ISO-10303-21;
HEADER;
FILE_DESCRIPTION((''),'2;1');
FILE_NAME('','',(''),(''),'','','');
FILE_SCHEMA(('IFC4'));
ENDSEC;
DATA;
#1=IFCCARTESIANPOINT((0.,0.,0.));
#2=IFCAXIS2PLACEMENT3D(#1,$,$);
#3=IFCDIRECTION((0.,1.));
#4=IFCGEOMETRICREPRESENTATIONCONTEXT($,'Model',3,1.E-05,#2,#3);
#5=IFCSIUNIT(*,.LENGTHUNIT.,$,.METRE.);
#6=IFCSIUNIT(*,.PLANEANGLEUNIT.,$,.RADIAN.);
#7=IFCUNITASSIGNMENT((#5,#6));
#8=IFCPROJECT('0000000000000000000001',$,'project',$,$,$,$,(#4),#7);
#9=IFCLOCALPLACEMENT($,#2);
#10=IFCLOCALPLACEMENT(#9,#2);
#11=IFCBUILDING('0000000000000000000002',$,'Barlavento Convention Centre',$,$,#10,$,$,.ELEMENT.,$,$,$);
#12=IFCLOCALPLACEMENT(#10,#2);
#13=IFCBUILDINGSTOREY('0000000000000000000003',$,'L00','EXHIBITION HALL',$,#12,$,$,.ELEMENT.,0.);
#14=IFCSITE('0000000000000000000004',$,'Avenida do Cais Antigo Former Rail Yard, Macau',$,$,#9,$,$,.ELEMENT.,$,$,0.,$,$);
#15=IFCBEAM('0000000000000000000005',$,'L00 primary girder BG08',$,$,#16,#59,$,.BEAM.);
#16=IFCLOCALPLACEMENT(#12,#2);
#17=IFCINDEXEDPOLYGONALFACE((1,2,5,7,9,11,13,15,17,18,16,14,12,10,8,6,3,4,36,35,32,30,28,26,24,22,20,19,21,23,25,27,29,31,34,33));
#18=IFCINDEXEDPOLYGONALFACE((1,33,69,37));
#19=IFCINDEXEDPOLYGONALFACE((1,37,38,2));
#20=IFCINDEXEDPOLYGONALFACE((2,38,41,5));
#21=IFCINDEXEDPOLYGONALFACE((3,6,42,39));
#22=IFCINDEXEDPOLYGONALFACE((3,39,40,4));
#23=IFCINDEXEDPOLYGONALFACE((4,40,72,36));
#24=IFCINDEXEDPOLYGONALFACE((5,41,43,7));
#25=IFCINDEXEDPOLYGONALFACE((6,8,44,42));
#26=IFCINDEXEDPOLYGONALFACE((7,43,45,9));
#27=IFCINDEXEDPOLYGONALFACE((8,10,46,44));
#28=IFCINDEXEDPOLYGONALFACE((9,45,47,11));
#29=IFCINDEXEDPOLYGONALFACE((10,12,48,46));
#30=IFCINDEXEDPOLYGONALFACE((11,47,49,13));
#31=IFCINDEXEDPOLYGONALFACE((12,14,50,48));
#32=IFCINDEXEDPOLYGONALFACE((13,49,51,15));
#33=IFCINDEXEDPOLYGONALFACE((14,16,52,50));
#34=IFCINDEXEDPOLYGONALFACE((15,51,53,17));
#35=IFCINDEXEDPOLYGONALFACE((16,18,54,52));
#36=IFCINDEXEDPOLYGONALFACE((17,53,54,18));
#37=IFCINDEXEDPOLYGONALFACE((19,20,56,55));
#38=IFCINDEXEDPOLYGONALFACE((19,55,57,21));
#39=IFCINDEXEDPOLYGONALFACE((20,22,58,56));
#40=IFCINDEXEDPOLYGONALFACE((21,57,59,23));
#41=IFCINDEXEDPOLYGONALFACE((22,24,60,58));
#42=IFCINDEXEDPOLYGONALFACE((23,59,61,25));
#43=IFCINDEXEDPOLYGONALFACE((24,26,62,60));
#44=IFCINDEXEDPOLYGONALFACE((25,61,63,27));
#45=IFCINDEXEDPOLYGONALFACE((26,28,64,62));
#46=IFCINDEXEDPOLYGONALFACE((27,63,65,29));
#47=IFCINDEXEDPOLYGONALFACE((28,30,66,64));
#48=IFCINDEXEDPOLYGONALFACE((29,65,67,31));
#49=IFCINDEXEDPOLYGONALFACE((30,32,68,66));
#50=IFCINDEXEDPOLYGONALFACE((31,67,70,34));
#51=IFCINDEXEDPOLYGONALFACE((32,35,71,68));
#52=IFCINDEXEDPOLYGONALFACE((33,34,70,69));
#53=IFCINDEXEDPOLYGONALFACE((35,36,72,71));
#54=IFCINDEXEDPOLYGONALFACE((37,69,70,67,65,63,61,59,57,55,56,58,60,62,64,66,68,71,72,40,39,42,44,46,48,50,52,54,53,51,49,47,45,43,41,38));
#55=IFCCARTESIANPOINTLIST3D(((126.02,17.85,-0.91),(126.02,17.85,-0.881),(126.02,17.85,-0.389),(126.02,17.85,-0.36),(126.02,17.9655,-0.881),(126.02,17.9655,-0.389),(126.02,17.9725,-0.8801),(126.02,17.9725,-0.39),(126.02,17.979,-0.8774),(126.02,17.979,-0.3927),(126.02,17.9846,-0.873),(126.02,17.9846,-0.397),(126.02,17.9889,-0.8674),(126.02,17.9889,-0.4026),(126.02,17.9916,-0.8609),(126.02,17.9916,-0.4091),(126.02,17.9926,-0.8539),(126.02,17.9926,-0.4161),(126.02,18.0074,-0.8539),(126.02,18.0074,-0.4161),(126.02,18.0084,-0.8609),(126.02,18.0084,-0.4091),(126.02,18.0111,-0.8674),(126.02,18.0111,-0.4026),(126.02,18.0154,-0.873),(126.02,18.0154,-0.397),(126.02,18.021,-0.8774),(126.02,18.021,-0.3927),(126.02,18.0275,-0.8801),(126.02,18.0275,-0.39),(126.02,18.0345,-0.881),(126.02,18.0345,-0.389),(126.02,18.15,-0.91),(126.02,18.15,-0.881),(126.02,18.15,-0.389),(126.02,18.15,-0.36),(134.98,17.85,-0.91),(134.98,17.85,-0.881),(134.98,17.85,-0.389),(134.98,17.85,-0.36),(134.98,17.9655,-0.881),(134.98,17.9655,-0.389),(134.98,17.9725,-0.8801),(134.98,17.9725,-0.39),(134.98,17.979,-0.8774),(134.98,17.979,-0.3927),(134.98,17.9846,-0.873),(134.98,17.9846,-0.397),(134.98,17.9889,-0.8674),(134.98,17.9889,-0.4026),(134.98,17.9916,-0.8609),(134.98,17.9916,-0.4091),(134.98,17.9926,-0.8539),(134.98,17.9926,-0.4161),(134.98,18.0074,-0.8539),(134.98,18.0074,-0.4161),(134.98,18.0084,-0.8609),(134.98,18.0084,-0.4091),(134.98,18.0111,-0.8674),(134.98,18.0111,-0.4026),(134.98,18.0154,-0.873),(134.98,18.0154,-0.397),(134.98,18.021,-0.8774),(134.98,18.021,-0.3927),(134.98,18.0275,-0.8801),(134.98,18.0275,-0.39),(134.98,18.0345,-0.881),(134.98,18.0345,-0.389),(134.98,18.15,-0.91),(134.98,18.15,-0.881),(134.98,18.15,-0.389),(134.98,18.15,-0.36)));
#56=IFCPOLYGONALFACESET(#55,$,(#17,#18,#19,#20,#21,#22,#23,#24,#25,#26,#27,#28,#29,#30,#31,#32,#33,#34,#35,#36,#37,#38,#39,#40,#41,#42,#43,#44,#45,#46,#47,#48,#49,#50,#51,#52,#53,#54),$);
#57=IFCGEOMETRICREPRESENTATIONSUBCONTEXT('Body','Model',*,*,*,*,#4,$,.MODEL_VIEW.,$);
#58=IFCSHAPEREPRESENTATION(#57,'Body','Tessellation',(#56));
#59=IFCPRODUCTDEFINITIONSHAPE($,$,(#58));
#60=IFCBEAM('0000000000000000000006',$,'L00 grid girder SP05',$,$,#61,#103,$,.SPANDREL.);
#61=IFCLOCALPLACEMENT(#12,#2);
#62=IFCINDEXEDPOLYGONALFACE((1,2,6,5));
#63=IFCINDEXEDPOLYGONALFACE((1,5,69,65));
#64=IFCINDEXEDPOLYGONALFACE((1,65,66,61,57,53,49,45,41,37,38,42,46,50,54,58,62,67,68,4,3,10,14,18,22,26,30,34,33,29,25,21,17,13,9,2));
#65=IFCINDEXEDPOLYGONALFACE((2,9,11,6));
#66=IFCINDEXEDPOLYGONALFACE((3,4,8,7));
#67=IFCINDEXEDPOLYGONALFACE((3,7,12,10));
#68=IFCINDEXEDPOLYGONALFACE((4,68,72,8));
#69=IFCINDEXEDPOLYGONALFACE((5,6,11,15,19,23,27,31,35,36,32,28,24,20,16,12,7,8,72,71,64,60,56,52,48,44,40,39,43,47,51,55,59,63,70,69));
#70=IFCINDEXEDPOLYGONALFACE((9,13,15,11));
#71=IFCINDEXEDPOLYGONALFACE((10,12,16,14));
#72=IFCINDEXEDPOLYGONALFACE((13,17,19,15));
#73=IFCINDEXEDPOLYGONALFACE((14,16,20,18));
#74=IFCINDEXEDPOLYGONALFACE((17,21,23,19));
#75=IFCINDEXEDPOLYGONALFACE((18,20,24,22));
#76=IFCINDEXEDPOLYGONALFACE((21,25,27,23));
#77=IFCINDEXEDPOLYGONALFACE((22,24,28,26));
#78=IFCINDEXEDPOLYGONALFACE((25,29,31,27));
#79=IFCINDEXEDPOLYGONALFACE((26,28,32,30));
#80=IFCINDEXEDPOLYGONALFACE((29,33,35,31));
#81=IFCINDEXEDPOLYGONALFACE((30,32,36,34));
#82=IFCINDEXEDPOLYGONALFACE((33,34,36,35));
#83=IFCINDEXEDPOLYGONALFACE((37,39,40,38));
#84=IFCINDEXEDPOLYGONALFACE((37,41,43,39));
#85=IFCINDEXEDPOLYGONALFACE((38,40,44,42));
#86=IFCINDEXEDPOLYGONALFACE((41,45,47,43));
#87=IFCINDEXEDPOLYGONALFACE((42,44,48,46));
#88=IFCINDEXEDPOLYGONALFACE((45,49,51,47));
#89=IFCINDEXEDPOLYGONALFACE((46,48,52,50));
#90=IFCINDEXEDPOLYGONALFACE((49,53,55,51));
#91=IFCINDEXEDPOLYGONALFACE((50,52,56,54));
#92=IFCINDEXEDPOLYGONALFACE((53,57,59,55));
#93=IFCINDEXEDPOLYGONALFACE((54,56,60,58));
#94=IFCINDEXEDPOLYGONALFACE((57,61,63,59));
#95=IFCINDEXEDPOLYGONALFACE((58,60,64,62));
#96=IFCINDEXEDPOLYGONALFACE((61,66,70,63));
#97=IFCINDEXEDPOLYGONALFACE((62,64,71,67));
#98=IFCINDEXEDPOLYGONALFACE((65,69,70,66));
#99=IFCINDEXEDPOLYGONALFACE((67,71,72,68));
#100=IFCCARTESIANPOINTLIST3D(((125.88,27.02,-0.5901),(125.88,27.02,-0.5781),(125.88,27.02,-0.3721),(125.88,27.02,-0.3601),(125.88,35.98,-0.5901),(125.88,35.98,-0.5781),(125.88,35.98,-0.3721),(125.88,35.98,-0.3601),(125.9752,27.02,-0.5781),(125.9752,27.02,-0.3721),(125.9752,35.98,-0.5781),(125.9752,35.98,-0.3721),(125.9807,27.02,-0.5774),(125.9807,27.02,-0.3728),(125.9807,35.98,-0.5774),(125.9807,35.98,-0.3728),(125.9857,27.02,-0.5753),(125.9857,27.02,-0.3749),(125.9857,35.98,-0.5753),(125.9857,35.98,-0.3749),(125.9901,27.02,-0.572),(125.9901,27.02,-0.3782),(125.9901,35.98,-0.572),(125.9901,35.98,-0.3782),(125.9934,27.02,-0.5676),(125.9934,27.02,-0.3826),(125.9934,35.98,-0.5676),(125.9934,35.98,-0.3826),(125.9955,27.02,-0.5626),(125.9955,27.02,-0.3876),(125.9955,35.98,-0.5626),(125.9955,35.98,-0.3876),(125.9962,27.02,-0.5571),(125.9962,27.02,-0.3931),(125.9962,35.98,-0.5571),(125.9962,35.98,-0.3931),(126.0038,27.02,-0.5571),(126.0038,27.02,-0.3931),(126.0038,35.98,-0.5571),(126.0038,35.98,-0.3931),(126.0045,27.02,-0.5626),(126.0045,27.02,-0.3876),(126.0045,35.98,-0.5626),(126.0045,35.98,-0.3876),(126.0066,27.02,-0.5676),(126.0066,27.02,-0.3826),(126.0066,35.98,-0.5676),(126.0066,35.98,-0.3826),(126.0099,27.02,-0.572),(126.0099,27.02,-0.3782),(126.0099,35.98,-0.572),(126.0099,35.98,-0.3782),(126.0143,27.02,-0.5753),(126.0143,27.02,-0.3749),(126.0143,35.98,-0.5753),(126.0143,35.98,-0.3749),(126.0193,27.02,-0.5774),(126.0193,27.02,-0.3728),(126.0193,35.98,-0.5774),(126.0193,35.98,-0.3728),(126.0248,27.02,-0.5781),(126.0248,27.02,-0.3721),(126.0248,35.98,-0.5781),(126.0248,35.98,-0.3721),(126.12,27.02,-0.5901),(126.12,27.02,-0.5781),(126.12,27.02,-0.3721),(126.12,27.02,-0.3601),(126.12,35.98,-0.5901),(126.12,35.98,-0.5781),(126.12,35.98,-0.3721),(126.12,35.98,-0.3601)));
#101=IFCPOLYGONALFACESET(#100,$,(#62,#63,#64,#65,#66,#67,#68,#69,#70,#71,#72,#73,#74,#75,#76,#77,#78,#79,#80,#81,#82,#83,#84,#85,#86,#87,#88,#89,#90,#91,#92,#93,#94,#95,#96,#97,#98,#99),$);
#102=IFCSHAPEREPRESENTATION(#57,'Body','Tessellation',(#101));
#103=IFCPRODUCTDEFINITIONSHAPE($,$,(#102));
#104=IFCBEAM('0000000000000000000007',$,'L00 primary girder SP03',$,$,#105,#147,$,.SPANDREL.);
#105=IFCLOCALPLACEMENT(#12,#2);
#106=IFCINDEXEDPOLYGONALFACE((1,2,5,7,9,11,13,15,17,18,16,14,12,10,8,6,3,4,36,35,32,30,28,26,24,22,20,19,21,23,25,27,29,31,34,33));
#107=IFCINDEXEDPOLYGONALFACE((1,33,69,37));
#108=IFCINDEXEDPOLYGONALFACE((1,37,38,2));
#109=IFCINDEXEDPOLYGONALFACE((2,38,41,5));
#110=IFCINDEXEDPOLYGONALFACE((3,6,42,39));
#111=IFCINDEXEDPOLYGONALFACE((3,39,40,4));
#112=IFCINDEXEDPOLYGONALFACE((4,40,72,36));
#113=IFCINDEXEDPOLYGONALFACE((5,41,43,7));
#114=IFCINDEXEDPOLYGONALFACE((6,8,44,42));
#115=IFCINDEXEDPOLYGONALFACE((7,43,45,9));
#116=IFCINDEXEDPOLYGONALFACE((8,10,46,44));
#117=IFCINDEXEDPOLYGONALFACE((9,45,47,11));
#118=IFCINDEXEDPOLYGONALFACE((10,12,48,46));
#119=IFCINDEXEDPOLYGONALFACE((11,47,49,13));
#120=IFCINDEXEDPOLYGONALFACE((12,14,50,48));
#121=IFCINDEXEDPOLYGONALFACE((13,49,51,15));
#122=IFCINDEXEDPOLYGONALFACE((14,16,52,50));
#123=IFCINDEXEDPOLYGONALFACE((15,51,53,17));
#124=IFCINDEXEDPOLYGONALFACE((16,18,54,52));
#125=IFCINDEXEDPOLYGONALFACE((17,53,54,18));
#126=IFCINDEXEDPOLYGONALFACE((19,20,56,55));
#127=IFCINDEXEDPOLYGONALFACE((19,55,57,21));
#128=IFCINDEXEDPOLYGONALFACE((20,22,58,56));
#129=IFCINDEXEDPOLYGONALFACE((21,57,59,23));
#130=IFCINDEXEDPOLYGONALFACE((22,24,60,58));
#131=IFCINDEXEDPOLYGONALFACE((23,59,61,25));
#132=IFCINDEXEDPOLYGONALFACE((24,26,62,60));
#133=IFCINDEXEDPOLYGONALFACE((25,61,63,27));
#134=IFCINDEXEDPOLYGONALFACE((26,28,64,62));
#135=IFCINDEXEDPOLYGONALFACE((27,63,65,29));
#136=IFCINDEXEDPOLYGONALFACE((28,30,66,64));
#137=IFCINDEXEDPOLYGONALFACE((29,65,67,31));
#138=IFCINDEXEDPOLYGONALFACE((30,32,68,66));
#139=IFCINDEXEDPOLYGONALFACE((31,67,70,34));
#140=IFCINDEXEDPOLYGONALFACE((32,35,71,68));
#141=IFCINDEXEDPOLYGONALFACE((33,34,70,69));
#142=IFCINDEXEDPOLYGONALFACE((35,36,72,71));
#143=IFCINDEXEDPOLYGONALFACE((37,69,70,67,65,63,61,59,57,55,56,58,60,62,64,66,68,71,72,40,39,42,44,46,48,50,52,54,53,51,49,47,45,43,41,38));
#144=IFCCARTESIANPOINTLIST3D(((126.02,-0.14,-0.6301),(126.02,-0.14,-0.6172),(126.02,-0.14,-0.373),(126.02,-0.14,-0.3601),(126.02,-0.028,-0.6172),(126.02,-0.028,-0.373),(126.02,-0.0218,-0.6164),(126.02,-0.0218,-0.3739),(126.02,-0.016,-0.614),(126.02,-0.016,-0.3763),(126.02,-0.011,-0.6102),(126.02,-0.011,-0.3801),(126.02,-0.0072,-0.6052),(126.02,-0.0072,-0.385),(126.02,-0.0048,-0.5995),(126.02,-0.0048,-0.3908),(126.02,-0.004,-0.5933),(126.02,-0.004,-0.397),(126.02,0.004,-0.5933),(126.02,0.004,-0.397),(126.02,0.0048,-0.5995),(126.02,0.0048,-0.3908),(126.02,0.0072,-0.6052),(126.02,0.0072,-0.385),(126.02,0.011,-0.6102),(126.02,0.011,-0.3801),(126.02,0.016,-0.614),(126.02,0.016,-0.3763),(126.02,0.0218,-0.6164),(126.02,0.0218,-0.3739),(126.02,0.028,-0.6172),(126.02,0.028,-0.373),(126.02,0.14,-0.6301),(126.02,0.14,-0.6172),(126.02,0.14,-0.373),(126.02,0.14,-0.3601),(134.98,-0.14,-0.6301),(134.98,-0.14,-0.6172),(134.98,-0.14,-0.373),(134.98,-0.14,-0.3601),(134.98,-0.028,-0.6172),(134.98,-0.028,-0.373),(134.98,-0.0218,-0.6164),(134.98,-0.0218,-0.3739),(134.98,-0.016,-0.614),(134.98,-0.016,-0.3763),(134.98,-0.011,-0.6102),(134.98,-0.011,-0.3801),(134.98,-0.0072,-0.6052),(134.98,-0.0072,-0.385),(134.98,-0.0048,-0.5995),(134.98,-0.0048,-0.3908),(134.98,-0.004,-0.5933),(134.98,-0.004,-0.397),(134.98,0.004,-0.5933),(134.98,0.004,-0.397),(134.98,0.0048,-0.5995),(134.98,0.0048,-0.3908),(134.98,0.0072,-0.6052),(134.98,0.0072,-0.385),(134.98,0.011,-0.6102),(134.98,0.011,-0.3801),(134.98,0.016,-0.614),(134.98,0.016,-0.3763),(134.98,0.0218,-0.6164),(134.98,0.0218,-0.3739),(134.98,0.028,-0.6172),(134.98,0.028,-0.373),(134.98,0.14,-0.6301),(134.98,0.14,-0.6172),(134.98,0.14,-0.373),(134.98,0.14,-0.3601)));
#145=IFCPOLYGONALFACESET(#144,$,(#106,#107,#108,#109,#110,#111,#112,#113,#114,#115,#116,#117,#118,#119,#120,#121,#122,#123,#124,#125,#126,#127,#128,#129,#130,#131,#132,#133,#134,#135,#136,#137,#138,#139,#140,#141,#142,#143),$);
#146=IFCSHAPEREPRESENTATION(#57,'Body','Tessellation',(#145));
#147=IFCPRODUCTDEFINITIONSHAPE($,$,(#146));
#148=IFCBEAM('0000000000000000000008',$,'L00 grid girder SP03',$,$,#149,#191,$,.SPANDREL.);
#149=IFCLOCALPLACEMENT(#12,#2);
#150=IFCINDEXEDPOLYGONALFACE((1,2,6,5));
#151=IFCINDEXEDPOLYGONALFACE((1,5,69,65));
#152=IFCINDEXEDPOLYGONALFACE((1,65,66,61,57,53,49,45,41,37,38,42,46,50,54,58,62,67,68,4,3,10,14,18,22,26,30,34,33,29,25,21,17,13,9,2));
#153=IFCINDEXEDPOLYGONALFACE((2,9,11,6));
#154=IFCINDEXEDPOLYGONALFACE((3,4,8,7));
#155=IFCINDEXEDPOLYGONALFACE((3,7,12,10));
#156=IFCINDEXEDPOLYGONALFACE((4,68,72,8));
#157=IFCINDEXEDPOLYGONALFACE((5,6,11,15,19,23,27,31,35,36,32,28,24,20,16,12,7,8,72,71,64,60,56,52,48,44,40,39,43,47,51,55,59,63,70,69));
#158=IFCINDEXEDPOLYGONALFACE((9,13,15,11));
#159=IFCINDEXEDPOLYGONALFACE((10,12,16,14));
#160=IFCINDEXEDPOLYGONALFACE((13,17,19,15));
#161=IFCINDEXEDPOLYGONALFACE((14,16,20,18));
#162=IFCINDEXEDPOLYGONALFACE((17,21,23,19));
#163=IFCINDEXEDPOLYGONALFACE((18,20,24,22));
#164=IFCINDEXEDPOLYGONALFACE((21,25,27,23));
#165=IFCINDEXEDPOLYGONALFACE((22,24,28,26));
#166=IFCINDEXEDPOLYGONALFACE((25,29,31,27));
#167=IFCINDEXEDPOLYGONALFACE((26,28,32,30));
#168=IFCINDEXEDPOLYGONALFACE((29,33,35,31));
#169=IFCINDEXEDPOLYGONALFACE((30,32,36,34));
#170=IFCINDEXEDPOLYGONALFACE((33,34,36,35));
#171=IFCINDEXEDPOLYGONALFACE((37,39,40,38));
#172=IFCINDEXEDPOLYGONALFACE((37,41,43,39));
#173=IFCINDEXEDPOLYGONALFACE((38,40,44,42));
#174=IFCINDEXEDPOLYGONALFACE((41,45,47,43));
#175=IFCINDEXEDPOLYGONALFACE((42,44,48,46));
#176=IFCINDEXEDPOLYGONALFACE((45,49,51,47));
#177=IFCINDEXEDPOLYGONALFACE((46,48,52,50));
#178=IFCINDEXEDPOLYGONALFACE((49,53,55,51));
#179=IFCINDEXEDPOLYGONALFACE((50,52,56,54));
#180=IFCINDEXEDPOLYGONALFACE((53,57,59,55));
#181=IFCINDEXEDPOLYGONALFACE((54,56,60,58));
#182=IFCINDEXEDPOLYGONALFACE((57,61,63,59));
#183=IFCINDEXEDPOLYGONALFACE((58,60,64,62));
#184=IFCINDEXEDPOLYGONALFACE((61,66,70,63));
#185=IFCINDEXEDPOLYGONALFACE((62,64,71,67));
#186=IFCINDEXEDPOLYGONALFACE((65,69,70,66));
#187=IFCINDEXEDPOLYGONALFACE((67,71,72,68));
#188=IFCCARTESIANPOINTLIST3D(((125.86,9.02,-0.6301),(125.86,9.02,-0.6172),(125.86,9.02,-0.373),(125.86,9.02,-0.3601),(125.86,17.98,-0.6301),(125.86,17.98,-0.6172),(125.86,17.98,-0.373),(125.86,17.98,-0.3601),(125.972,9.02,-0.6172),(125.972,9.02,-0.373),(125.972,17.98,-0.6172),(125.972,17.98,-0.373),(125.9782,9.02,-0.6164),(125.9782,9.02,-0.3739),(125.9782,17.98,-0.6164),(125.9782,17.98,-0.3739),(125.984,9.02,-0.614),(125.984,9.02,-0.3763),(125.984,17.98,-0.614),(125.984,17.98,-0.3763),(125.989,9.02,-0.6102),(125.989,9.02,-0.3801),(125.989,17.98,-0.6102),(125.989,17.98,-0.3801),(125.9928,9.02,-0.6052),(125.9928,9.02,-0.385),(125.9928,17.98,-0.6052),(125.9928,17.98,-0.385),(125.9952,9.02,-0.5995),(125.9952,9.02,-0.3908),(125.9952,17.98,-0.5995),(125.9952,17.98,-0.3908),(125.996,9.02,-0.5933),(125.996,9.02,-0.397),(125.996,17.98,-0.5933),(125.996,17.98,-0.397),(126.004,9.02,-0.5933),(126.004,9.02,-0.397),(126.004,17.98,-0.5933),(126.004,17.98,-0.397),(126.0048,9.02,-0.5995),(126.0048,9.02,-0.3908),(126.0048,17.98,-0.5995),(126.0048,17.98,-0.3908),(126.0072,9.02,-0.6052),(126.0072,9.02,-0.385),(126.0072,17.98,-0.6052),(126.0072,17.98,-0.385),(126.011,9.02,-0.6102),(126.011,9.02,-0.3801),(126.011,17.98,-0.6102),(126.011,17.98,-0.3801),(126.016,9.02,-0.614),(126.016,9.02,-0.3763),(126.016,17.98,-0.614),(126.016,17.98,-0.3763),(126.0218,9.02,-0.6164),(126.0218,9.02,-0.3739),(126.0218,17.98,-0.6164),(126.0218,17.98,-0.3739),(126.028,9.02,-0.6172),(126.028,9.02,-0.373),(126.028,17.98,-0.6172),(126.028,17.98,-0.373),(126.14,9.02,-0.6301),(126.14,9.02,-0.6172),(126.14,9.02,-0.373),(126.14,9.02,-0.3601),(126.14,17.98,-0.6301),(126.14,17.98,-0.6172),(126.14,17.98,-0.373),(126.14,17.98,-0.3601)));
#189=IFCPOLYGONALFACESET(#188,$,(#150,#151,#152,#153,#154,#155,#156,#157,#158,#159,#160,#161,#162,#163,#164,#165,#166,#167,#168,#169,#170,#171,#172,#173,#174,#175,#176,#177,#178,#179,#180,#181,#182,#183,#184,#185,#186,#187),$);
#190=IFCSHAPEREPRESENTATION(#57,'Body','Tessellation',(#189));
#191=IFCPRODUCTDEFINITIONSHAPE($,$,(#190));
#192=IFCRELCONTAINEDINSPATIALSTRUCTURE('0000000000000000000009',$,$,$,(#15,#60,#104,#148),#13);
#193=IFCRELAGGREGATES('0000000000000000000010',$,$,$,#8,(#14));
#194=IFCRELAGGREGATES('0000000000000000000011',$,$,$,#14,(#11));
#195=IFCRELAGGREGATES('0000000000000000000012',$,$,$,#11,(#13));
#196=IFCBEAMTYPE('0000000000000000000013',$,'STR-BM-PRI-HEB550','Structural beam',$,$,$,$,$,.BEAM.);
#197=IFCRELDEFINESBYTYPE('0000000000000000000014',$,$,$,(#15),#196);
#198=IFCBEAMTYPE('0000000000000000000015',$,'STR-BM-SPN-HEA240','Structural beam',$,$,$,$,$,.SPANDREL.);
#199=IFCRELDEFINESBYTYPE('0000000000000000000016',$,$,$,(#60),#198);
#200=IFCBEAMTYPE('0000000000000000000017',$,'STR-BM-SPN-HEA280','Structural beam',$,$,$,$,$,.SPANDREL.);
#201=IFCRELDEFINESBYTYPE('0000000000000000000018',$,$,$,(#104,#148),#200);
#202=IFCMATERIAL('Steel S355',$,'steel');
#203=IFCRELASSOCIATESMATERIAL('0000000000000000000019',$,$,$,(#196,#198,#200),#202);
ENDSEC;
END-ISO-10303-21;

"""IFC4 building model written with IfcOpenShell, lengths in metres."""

from ifc_helpers import new_model, si_unit, direction, frame, origin, origin_2d, place, context, subcontext, project, spatial, i_section, extrude, material, material_profile, profile_set, type_object, element, save


model = new_model("IFC4")

# Units and contexts
model_context = context("Model", 3, precision=1e-05, world=origin(), true_north=direction((0.0, 1.0)))
body_context = subcontext(model_context, "Body", "Model", "MODEL_VIEW")
ifc_project = project(units=[si_unit("LENGTHUNIT", "METRE"), si_unit("PLANEANGLEUNIT", "RADIAN")], contexts=[model_context])

# Site, building, storey
site_placement = place(None, origin())
site = spatial("IfcSite", under=ifc_project, at=site_placement, Name="Avenida do Cais Antigo Former Rail Yard, Macau", CompositionType="ELEMENT", RefElevation=0.0)
building_placement = place(site_placement, origin())
building = spatial("IfcBuilding", under=site, at=building_placement, Name="Barlavento Convention Centre", CompositionType="ELEMENT")
storey_placement = place(building_placement, origin())
storey = spatial("IfcBuildingStorey", under=building, at=storey_placement, Name="L00", Description="EXHIBITION HALL", CompositionType="ELEMENT", Elevation=0.0)

# Beams
ifc_material_1 = material(Name="Steel S355", Category="steel")
ifc_material_profile_1 = material_profile(ifc_material_1, i_section(OverallWidth=0.3, OverallDepth=0.55, WebThickness=0.0149, FlangeThickness=0.0291, FilletRadius=0.0271, at=origin_2d()), Name="HEB 550")
ifc_profile_set_1 = profile_set([ifc_material_profile_1], Name="Steel S355")
beam_type_1 = type_object("IfcBeamType", Name="STR-BM-PRI-HEB550", Description="Structural beam", PredefinedType="BEAM", material=ifc_profile_set_1)
beam_1_placement = place(storey_placement, frame((126.02, 18.0, -0.635), z_axis=(1.0, 0.0, 0.0), x_axis=(0.0, 1.0, 0.0)))
element("IfcBeam", 1, at=beam_1_placement, inside=storey, type_object=beam_type_1, Name="L00 primary girder BG08", PredefinedType="BEAM", context=body_context, shape_type="SweptSolid", body=[
    extrude(i_section(OverallWidth=0.3, OverallDepth=0.55, WebThickness=0.0149, FlangeThickness=0.0291, FilletRadius=0.0271, at=origin_2d()), origin(), (0.0, 0.0, 1.0), 8.96),
])
ifc_material_profile_2 = material_profile(ifc_material_1, i_section(OverallWidth=0.24, OverallDepth=0.23, WebThickness=0.0076, FlangeThickness=0.012, FilletRadius=0.021, at=origin_2d()), Name="HEA 240")
ifc_profile_set_2 = profile_set([ifc_material_profile_2], Name="Steel S355")
beam_type_2 = type_object("IfcBeamType", Name="STR-BM-SPN-HEA240", Description="Structural beam", PredefinedType="SPANDREL", material=ifc_profile_set_2)
beam_2_placement = place(storey_placement, frame((126.0, 27.02, -0.4751), z_axis=(0.0, 1.0, 0.0), x_axis=(-1.0, 0.0, 0.0)))
element("IfcBeam", 2, at=beam_2_placement, inside=storey, type_object=beam_type_2, Name="L00 grid girder SP05", PredefinedType="SPANDREL", context=body_context, shape_type="SweptSolid", body=[
    extrude(i_section(OverallWidth=0.24, OverallDepth=0.23, WebThickness=0.0076, FlangeThickness=0.012, FilletRadius=0.021, at=origin_2d()), origin(), (0.0, 0.0, 1.0), 8.96),
])
ifc_material_profile_3 = material_profile(ifc_material_1, i_section(OverallWidth=0.28, OverallDepth=0.27, WebThickness=0.0081, FlangeThickness=0.0129, FilletRadius=0.0239, at=origin_2d()), Name="HEA 280")
ifc_profile_set_3 = profile_set([ifc_material_profile_3], Name="Steel S355")
beam_type_3 = type_object("IfcBeamType", Name="STR-BM-SPN-HEA280", Description="Structural beam", PredefinedType="SPANDREL", material=ifc_profile_set_3)
for number, where, z_axis, x_axis, name in (
    (3, (126.02, 0.0, -0.4951), (1.0, 0.0, 0.0), (0.0, 1.0, 0.0), "L00 primary girder SP03"),
    (4, (126.0, 9.02, -0.4951), (0.0, 1.0, 0.0), (-1.0, 0.0, 0.0), "L00 grid girder SP03"),
):
    element("IfcBeam", number, at=place(storey_placement, frame(where, z_axis=z_axis, x_axis=x_axis)), inside=storey, type_object=beam_type_3, Name=name, PredefinedType="SPANDREL", context=body_context, shape_type="SweptSolid", body=[
        extrude(i_section(OverallWidth=0.28, OverallDepth=0.27, WebThickness=0.0081, FlangeThickness=0.0129, FilletRadius=0.0239, at=origin_2d()), origin(), (0.0, 0.0, 1.0), 8.96),
    ])

save(model, "model.ifc")
